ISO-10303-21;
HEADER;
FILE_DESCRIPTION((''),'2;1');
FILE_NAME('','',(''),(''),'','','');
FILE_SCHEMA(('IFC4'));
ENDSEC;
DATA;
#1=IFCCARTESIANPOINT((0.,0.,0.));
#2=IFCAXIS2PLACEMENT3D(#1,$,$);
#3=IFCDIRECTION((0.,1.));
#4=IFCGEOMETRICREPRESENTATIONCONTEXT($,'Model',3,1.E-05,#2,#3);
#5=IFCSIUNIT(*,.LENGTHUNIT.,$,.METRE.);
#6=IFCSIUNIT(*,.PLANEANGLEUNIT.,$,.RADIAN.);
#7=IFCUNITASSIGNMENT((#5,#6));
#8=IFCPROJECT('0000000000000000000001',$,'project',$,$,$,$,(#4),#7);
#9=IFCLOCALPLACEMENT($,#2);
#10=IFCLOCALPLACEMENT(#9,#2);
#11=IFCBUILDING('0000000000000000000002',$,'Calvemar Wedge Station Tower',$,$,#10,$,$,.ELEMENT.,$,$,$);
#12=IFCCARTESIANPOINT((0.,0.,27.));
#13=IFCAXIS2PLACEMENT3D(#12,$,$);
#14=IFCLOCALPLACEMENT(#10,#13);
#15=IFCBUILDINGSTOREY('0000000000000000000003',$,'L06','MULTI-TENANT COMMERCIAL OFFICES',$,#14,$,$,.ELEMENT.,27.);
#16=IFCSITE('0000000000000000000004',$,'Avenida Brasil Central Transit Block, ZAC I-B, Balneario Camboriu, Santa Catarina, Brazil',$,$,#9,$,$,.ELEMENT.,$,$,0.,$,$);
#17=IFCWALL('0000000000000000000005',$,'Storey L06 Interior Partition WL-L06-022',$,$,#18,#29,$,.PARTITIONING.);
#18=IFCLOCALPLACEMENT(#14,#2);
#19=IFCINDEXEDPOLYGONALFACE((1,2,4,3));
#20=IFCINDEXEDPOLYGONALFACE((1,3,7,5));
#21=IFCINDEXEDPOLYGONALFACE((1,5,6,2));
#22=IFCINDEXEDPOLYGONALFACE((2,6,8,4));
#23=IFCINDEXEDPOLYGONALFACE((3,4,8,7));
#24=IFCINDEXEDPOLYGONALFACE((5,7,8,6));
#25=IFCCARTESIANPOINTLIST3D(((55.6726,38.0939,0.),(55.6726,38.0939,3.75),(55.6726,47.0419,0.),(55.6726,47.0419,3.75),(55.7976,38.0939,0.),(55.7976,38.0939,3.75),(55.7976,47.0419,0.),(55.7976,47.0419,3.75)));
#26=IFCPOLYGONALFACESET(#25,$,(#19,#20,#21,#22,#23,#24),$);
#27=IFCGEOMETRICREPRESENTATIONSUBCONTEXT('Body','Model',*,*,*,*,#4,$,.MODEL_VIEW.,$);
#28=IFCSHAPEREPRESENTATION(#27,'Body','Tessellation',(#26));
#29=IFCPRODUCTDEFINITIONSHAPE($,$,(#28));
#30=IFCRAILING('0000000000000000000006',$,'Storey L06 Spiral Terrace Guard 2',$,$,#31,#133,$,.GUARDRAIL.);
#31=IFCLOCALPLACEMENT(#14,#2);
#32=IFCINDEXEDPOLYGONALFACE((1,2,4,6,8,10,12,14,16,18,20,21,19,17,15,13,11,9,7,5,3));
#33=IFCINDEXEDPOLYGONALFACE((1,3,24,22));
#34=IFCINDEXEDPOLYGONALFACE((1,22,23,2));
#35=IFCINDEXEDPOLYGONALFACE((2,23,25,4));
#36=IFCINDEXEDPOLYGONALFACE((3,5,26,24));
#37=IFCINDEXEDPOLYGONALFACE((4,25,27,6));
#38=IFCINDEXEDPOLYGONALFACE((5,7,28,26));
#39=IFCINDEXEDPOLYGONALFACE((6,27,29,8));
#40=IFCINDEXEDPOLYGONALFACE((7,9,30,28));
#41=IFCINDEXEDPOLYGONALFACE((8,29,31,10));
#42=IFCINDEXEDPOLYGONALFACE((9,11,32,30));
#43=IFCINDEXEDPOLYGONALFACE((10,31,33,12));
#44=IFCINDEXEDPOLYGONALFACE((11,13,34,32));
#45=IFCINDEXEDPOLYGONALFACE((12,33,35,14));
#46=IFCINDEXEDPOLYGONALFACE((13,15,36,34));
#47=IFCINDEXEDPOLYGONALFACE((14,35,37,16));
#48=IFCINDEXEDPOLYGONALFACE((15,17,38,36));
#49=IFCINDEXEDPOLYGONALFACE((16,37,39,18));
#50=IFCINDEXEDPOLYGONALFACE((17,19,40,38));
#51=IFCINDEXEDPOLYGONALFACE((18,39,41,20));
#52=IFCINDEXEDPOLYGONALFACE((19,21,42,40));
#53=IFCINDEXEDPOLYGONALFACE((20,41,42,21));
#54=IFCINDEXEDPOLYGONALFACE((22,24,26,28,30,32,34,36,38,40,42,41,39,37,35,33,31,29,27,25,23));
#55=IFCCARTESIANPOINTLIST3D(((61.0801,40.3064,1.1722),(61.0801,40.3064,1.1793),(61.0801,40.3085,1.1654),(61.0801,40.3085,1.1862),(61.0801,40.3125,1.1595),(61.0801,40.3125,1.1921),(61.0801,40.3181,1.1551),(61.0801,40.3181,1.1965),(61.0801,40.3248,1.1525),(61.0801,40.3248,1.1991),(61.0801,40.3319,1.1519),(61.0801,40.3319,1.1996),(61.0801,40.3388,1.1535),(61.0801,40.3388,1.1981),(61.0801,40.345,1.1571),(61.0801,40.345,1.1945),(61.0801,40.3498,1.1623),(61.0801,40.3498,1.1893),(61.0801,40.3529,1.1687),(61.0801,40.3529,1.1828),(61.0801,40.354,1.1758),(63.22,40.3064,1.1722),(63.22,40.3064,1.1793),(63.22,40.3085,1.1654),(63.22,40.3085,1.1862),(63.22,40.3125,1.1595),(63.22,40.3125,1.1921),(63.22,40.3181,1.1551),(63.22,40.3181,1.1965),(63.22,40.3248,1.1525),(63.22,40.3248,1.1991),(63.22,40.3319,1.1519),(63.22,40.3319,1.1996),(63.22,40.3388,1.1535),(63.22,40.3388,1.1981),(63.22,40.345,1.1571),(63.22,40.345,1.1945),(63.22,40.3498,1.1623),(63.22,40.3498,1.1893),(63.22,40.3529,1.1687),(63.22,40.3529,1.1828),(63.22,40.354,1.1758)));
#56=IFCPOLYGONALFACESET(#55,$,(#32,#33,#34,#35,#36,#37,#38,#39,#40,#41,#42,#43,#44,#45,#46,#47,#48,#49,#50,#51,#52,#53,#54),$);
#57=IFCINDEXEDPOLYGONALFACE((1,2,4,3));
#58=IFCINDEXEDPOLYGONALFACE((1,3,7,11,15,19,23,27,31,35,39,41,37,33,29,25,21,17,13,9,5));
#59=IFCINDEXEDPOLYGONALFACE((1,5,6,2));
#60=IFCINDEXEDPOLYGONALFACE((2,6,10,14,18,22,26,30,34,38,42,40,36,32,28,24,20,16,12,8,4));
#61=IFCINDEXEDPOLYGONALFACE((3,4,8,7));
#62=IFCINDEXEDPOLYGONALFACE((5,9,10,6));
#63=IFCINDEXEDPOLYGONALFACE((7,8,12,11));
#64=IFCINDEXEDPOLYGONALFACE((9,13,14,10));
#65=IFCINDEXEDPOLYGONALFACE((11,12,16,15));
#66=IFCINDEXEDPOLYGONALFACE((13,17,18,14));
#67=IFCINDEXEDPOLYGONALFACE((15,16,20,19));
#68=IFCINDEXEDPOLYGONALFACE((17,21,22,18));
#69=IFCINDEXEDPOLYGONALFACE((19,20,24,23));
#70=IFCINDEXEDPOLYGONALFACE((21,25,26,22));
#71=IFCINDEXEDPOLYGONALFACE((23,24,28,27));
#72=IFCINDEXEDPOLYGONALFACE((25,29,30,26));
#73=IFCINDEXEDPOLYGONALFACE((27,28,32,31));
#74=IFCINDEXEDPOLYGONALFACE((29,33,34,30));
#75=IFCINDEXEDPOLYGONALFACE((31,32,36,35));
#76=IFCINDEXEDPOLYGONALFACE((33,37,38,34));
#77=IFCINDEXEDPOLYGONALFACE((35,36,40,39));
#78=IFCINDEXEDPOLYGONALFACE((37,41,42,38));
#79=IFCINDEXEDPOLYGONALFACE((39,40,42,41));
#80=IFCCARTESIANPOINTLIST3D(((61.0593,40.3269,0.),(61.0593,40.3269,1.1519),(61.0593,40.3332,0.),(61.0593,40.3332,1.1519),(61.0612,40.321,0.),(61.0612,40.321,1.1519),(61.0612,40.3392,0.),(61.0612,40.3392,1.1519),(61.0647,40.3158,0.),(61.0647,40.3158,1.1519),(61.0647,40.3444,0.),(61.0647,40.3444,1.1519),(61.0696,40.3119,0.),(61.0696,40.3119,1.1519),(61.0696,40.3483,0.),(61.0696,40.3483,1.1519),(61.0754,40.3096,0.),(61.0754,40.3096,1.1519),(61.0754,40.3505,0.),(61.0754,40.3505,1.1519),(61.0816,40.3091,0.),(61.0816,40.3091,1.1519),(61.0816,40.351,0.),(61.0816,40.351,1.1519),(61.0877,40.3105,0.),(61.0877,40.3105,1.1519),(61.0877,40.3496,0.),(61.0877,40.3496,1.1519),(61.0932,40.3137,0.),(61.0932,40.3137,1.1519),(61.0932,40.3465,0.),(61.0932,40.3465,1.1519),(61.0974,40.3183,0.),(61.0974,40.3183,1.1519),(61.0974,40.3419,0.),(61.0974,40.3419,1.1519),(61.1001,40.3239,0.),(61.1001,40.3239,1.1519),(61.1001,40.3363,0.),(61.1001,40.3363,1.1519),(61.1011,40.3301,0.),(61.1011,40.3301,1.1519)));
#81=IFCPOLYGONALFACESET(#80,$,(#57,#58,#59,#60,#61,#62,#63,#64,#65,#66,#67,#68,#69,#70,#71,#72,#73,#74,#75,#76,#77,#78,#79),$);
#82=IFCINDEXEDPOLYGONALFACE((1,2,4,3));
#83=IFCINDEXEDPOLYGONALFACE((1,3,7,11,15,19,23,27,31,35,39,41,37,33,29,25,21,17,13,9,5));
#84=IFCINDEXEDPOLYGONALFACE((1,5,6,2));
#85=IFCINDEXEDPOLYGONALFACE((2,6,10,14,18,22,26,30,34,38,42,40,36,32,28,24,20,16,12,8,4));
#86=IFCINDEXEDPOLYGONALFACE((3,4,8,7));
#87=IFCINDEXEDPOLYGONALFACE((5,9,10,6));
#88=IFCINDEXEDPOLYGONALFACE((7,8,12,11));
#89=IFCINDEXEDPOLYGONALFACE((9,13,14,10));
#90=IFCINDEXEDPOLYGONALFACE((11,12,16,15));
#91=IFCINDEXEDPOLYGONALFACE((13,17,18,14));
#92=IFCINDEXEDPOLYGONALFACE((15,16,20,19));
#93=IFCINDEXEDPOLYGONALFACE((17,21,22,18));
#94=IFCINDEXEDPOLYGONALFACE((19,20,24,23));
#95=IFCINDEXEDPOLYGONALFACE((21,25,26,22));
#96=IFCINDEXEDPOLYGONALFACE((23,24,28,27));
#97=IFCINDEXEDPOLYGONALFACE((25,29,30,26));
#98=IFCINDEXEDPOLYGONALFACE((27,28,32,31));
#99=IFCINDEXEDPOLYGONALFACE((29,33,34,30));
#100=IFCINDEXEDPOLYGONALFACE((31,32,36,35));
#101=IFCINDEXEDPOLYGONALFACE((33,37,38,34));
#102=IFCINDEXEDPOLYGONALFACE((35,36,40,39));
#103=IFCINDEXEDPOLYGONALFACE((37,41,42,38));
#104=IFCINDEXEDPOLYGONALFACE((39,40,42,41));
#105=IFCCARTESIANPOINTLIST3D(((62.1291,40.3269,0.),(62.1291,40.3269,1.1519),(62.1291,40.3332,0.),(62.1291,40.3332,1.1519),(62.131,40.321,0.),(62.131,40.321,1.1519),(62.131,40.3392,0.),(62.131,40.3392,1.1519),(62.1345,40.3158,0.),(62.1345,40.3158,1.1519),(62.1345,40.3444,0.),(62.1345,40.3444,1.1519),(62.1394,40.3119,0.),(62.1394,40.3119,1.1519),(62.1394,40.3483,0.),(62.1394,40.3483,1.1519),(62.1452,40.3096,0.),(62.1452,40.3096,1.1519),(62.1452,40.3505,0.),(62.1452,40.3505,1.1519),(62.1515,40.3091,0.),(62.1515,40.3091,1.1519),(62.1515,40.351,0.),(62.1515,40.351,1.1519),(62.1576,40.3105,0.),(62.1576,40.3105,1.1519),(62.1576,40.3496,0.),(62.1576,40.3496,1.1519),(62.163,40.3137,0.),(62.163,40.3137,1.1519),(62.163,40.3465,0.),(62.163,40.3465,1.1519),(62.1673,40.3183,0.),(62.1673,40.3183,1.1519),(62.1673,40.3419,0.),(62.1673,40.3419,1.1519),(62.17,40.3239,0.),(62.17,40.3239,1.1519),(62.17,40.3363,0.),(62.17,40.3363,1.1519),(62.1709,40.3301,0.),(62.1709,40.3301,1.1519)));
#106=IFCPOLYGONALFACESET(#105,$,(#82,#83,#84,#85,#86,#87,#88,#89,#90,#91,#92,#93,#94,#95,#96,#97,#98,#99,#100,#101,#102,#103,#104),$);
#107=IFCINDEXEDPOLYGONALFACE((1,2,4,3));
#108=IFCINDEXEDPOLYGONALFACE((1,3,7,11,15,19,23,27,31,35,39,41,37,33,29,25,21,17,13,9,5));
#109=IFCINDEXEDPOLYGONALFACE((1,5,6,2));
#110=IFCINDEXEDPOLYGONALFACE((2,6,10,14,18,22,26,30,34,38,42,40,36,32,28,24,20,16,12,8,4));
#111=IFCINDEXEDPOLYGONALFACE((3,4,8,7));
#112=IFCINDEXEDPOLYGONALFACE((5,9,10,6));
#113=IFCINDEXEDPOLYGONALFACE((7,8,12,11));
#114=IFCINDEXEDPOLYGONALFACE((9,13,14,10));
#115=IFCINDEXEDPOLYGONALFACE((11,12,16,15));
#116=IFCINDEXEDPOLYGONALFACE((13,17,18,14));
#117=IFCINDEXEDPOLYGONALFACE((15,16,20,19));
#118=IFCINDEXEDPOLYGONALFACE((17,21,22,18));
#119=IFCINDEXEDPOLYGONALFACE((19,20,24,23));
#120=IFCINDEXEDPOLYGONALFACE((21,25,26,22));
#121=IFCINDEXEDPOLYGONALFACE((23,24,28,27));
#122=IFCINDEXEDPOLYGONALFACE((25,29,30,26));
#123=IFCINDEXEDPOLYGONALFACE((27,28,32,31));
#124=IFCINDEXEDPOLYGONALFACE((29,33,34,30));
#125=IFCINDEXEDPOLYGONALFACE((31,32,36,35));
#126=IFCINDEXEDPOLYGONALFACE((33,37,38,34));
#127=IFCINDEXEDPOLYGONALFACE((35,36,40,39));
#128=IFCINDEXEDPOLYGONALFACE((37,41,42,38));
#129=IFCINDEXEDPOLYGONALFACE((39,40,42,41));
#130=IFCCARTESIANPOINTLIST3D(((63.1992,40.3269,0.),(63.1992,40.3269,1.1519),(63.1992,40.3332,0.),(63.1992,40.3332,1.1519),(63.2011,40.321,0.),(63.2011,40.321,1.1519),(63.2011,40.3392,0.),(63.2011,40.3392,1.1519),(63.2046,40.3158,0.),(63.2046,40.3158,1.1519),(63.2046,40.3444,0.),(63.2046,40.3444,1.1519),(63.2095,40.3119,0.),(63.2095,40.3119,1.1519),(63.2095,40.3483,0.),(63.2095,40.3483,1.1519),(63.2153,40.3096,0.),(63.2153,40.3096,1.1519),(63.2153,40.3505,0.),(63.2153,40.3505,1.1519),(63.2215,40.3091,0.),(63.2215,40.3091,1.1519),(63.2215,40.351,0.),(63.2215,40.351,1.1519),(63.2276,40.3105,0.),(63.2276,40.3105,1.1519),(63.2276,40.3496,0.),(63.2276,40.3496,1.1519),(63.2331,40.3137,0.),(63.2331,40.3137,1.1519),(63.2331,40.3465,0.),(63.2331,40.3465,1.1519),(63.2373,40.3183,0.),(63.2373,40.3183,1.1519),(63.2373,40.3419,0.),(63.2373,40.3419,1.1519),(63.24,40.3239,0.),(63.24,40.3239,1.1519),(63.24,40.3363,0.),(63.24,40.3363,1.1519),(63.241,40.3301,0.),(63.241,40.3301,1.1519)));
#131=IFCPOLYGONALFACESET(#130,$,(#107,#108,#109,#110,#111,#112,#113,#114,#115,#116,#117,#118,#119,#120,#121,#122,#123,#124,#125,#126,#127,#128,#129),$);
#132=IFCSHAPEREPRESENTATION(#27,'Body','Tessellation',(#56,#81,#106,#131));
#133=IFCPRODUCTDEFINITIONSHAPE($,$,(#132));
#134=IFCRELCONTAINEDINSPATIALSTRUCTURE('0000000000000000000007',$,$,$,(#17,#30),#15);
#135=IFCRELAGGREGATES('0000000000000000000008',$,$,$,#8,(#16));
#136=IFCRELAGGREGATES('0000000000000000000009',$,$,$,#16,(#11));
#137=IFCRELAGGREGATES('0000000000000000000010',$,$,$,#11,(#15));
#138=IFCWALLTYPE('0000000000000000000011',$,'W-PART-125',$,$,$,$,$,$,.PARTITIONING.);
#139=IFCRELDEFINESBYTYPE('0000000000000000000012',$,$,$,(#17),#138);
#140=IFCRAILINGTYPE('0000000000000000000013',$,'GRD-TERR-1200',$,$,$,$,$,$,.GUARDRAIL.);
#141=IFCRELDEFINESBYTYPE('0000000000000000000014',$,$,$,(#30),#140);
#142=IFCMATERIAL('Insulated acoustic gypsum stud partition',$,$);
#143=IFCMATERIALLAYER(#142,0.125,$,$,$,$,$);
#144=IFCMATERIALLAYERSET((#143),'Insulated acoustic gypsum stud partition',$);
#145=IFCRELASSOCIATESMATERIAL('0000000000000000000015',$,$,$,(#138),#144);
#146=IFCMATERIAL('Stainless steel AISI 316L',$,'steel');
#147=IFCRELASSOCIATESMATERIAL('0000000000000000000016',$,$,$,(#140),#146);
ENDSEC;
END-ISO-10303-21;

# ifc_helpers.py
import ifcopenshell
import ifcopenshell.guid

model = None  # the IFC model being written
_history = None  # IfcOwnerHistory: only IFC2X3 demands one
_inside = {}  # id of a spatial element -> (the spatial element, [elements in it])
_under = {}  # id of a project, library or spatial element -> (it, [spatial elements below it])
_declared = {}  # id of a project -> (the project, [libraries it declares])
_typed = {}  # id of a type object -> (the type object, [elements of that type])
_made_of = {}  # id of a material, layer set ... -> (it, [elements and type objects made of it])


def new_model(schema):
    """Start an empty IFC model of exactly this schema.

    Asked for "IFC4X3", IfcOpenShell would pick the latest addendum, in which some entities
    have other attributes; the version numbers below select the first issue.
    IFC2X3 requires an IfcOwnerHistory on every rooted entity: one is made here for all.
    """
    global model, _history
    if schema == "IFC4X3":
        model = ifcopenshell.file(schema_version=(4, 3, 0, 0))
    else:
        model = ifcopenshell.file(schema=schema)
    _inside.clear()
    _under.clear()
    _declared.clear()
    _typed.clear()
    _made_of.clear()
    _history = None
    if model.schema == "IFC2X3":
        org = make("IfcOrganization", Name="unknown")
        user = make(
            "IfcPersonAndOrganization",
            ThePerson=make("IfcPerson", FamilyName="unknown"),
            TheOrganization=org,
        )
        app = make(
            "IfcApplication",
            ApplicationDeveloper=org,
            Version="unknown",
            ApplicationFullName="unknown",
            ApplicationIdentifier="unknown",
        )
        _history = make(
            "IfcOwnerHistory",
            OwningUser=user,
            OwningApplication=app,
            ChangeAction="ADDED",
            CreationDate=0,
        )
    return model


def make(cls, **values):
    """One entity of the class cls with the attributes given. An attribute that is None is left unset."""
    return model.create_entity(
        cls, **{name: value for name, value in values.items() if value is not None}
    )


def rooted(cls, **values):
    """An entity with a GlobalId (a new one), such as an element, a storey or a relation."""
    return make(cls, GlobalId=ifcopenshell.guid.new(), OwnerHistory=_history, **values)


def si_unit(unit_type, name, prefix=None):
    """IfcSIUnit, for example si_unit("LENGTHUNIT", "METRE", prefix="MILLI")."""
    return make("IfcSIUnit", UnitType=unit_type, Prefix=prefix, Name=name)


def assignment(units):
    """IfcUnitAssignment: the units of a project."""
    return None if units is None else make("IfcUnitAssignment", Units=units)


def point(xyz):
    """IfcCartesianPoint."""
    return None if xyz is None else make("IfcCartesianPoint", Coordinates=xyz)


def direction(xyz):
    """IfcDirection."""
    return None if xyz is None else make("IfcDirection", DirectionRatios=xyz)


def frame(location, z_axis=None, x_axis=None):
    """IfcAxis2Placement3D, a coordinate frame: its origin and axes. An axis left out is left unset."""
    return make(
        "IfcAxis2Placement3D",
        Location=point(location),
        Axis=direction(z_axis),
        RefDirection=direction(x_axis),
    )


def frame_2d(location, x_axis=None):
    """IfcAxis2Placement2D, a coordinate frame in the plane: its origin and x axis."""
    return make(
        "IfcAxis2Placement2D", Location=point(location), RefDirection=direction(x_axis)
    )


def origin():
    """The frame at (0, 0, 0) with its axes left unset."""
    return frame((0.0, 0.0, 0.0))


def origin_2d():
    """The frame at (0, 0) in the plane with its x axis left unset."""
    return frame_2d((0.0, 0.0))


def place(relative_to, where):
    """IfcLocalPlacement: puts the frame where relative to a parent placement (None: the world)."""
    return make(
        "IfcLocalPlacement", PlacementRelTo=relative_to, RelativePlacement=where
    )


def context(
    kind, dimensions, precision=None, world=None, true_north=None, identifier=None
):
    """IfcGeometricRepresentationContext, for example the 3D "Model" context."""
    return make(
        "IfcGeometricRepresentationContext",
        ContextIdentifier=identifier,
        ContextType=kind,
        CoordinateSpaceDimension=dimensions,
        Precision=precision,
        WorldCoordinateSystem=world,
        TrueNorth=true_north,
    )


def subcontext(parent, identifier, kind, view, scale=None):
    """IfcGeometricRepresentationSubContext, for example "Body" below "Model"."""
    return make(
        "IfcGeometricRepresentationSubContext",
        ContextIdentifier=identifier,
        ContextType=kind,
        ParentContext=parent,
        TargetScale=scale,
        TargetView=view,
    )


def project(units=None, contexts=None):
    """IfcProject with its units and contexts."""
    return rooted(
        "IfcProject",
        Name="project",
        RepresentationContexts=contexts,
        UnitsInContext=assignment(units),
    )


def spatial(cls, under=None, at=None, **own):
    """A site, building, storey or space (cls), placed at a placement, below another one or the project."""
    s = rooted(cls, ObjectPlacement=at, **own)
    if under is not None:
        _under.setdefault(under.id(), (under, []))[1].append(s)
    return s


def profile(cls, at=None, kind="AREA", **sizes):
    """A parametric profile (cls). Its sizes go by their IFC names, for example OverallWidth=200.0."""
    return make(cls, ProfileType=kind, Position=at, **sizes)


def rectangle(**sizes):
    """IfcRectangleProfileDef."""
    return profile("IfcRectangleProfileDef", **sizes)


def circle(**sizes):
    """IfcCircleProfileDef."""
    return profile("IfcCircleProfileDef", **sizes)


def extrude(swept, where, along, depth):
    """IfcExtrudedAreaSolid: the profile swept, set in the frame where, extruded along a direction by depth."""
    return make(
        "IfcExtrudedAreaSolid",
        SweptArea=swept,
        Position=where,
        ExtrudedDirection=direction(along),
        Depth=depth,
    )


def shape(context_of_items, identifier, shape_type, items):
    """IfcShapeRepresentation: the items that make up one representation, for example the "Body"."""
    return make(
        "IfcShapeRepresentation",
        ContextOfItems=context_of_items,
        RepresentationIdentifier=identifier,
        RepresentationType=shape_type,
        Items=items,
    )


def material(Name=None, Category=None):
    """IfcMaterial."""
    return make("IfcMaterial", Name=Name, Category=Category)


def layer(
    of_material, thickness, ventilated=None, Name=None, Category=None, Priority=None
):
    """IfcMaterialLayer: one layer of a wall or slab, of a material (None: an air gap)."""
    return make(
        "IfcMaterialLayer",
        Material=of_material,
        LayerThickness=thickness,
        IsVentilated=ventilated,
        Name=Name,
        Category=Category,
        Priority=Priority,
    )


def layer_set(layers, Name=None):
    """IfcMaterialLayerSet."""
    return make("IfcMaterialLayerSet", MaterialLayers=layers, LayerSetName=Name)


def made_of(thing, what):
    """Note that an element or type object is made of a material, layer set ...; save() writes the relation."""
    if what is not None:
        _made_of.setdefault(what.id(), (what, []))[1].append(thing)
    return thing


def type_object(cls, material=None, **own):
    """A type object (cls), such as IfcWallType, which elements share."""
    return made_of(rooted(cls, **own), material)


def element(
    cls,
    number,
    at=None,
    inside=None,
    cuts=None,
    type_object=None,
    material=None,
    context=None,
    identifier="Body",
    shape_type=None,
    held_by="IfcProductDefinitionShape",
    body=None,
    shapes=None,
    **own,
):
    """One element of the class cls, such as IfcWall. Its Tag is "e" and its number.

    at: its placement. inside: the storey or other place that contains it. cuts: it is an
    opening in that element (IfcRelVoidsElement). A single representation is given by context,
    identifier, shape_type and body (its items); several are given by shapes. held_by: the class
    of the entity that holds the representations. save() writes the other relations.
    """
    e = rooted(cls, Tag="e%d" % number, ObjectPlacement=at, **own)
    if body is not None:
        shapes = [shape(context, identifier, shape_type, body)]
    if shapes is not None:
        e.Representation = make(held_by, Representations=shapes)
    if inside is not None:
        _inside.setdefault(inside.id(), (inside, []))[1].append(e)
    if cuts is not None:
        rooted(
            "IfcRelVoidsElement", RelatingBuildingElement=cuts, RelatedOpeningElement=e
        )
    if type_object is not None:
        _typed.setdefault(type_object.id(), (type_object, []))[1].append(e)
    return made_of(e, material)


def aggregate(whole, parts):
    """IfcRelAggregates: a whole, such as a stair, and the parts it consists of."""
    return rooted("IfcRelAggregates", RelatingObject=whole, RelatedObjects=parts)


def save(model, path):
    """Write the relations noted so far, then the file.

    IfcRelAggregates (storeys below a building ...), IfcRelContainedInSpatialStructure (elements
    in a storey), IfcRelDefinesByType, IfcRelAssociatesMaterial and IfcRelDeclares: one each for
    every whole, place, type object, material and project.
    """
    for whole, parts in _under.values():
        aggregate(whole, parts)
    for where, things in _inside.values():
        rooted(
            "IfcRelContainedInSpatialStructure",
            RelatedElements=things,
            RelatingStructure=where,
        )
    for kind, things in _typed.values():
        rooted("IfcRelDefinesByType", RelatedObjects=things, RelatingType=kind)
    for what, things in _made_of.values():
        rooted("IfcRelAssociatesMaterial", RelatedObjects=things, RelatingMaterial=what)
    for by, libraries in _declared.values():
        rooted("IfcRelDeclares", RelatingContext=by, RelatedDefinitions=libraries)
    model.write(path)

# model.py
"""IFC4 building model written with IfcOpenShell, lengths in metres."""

from ifc_helpers import new_model, si_unit, direction, frame, frame_2d, origin, origin_2d, place, context, subcontext, project, spatial, rectangle, circle, extrude, material, layer, layer_set, type_object, element, save


model = new_model("IFC4")

# Units and contexts
model_context = context("Model", 3, precision=1e-05, world=origin(), true_north=direction((0.0, 1.0)))
body_context = subcontext(model_context, "Body", "Model", "MODEL_VIEW")
ifc_project = project(units=[si_unit("LENGTHUNIT", "METRE"), si_unit("PLANEANGLEUNIT", "RADIAN")], contexts=[model_context])

# Site, building, storey
site_placement = place(None, origin())
site = spatial("IfcSite", under=ifc_project, at=site_placement, Name="Avenida Brasil Central Transit Block, ZAC I-B, Balneario Camboriu, Santa Catarina, Brazil", CompositionType="ELEMENT", RefElevation=0.0)
building_placement = place(site_placement, origin())
building = spatial("IfcBuilding", under=site, at=building_placement, Name="Calvemar Wedge Station Tower", CompositionType="ELEMENT")
storey_placement = place(building_placement, frame((0.0, 0.0, 27.0)))
storey = spatial("IfcBuildingStorey", under=building, at=storey_placement, Name="L06", Description="MULTI-TENANT COMMERCIAL OFFICES", CompositionType="ELEMENT", Elevation=27.0)

# Wall
ifc_material_1 = material(Name="Insulated acoustic gypsum stud partition")
ifc_layer_1 = layer(ifc_material_1, 0.125)
ifc_layer_set_1 = layer_set([ifc_layer_1], Name="Insulated acoustic gypsum stud partition")
wall_type_1 = type_object("IfcWallType", Name="W-PART-125", PredefinedType="PARTITIONING", material=ifc_layer_set_1)
wall_1_placement = place(storey_placement, frame((55.7351, 47.042, 0.0), z_axis=(0.0, 0.0, 1.0), x_axis=(0.0, -1.0, 0.0)))
element("IfcWall", 1, at=wall_1_placement, inside=storey, type_object=wall_type_1, Name="Storey L06 Interior Partition WL-L06-022", PredefinedType="PARTITIONING", context=body_context, shape_type="SweptSolid", body=[
    extrude(rectangle(XDim=8.948, YDim=0.125, at=frame_2d((4.4741, 0.0))), origin(), (0.0, 0.0, 1.0), 3.75),
])

# Railing
ifc_material_2 = material(Name="Stainless steel AISI 316L", Category="steel")
railing_type = type_object("IfcRailingType", Name="GRD-TERR-1200", PredefinedType="GUARDRAIL", material=ifc_material_2)
railing_1_placement = place(storey_placement, frame((61.0801, 40.3301, 0.0)))
element("IfcRailing", 2, at=railing_1_placement, inside=storey, type_object=railing_type, Name="Storey L06 Spiral Terrace Guard 2", PredefinedType="GUARDRAIL", context=body_context, shape_type="SweptSolid", body=[
    extrude(circle(Radius=0.0239, at=origin_2d()), frame((0.0, 0.0, 1.1758), z_axis=(1.0, 0.0, 0.0), x_axis=(0.0, 1.0, 0.0)), (0.0, 0.0, 1.0), 2.1399),
    extrude(circle(Radius=0.021, at=origin_2d()), origin(), (0.0, 0.0, 1.0), 1.1519),
    extrude(circle(Radius=0.021, at=origin_2d()), frame((1.0698, 0.0, 0.0)), (0.0, 0.0, 1.0), 1.1519),
    extrude(circle(Radius=0.021, at=origin_2d()), frame((2.1399, 0.0, 0.0)), (0.0, 0.0, 1.0), 1.1519),
])

save(model, "model.ifc")
